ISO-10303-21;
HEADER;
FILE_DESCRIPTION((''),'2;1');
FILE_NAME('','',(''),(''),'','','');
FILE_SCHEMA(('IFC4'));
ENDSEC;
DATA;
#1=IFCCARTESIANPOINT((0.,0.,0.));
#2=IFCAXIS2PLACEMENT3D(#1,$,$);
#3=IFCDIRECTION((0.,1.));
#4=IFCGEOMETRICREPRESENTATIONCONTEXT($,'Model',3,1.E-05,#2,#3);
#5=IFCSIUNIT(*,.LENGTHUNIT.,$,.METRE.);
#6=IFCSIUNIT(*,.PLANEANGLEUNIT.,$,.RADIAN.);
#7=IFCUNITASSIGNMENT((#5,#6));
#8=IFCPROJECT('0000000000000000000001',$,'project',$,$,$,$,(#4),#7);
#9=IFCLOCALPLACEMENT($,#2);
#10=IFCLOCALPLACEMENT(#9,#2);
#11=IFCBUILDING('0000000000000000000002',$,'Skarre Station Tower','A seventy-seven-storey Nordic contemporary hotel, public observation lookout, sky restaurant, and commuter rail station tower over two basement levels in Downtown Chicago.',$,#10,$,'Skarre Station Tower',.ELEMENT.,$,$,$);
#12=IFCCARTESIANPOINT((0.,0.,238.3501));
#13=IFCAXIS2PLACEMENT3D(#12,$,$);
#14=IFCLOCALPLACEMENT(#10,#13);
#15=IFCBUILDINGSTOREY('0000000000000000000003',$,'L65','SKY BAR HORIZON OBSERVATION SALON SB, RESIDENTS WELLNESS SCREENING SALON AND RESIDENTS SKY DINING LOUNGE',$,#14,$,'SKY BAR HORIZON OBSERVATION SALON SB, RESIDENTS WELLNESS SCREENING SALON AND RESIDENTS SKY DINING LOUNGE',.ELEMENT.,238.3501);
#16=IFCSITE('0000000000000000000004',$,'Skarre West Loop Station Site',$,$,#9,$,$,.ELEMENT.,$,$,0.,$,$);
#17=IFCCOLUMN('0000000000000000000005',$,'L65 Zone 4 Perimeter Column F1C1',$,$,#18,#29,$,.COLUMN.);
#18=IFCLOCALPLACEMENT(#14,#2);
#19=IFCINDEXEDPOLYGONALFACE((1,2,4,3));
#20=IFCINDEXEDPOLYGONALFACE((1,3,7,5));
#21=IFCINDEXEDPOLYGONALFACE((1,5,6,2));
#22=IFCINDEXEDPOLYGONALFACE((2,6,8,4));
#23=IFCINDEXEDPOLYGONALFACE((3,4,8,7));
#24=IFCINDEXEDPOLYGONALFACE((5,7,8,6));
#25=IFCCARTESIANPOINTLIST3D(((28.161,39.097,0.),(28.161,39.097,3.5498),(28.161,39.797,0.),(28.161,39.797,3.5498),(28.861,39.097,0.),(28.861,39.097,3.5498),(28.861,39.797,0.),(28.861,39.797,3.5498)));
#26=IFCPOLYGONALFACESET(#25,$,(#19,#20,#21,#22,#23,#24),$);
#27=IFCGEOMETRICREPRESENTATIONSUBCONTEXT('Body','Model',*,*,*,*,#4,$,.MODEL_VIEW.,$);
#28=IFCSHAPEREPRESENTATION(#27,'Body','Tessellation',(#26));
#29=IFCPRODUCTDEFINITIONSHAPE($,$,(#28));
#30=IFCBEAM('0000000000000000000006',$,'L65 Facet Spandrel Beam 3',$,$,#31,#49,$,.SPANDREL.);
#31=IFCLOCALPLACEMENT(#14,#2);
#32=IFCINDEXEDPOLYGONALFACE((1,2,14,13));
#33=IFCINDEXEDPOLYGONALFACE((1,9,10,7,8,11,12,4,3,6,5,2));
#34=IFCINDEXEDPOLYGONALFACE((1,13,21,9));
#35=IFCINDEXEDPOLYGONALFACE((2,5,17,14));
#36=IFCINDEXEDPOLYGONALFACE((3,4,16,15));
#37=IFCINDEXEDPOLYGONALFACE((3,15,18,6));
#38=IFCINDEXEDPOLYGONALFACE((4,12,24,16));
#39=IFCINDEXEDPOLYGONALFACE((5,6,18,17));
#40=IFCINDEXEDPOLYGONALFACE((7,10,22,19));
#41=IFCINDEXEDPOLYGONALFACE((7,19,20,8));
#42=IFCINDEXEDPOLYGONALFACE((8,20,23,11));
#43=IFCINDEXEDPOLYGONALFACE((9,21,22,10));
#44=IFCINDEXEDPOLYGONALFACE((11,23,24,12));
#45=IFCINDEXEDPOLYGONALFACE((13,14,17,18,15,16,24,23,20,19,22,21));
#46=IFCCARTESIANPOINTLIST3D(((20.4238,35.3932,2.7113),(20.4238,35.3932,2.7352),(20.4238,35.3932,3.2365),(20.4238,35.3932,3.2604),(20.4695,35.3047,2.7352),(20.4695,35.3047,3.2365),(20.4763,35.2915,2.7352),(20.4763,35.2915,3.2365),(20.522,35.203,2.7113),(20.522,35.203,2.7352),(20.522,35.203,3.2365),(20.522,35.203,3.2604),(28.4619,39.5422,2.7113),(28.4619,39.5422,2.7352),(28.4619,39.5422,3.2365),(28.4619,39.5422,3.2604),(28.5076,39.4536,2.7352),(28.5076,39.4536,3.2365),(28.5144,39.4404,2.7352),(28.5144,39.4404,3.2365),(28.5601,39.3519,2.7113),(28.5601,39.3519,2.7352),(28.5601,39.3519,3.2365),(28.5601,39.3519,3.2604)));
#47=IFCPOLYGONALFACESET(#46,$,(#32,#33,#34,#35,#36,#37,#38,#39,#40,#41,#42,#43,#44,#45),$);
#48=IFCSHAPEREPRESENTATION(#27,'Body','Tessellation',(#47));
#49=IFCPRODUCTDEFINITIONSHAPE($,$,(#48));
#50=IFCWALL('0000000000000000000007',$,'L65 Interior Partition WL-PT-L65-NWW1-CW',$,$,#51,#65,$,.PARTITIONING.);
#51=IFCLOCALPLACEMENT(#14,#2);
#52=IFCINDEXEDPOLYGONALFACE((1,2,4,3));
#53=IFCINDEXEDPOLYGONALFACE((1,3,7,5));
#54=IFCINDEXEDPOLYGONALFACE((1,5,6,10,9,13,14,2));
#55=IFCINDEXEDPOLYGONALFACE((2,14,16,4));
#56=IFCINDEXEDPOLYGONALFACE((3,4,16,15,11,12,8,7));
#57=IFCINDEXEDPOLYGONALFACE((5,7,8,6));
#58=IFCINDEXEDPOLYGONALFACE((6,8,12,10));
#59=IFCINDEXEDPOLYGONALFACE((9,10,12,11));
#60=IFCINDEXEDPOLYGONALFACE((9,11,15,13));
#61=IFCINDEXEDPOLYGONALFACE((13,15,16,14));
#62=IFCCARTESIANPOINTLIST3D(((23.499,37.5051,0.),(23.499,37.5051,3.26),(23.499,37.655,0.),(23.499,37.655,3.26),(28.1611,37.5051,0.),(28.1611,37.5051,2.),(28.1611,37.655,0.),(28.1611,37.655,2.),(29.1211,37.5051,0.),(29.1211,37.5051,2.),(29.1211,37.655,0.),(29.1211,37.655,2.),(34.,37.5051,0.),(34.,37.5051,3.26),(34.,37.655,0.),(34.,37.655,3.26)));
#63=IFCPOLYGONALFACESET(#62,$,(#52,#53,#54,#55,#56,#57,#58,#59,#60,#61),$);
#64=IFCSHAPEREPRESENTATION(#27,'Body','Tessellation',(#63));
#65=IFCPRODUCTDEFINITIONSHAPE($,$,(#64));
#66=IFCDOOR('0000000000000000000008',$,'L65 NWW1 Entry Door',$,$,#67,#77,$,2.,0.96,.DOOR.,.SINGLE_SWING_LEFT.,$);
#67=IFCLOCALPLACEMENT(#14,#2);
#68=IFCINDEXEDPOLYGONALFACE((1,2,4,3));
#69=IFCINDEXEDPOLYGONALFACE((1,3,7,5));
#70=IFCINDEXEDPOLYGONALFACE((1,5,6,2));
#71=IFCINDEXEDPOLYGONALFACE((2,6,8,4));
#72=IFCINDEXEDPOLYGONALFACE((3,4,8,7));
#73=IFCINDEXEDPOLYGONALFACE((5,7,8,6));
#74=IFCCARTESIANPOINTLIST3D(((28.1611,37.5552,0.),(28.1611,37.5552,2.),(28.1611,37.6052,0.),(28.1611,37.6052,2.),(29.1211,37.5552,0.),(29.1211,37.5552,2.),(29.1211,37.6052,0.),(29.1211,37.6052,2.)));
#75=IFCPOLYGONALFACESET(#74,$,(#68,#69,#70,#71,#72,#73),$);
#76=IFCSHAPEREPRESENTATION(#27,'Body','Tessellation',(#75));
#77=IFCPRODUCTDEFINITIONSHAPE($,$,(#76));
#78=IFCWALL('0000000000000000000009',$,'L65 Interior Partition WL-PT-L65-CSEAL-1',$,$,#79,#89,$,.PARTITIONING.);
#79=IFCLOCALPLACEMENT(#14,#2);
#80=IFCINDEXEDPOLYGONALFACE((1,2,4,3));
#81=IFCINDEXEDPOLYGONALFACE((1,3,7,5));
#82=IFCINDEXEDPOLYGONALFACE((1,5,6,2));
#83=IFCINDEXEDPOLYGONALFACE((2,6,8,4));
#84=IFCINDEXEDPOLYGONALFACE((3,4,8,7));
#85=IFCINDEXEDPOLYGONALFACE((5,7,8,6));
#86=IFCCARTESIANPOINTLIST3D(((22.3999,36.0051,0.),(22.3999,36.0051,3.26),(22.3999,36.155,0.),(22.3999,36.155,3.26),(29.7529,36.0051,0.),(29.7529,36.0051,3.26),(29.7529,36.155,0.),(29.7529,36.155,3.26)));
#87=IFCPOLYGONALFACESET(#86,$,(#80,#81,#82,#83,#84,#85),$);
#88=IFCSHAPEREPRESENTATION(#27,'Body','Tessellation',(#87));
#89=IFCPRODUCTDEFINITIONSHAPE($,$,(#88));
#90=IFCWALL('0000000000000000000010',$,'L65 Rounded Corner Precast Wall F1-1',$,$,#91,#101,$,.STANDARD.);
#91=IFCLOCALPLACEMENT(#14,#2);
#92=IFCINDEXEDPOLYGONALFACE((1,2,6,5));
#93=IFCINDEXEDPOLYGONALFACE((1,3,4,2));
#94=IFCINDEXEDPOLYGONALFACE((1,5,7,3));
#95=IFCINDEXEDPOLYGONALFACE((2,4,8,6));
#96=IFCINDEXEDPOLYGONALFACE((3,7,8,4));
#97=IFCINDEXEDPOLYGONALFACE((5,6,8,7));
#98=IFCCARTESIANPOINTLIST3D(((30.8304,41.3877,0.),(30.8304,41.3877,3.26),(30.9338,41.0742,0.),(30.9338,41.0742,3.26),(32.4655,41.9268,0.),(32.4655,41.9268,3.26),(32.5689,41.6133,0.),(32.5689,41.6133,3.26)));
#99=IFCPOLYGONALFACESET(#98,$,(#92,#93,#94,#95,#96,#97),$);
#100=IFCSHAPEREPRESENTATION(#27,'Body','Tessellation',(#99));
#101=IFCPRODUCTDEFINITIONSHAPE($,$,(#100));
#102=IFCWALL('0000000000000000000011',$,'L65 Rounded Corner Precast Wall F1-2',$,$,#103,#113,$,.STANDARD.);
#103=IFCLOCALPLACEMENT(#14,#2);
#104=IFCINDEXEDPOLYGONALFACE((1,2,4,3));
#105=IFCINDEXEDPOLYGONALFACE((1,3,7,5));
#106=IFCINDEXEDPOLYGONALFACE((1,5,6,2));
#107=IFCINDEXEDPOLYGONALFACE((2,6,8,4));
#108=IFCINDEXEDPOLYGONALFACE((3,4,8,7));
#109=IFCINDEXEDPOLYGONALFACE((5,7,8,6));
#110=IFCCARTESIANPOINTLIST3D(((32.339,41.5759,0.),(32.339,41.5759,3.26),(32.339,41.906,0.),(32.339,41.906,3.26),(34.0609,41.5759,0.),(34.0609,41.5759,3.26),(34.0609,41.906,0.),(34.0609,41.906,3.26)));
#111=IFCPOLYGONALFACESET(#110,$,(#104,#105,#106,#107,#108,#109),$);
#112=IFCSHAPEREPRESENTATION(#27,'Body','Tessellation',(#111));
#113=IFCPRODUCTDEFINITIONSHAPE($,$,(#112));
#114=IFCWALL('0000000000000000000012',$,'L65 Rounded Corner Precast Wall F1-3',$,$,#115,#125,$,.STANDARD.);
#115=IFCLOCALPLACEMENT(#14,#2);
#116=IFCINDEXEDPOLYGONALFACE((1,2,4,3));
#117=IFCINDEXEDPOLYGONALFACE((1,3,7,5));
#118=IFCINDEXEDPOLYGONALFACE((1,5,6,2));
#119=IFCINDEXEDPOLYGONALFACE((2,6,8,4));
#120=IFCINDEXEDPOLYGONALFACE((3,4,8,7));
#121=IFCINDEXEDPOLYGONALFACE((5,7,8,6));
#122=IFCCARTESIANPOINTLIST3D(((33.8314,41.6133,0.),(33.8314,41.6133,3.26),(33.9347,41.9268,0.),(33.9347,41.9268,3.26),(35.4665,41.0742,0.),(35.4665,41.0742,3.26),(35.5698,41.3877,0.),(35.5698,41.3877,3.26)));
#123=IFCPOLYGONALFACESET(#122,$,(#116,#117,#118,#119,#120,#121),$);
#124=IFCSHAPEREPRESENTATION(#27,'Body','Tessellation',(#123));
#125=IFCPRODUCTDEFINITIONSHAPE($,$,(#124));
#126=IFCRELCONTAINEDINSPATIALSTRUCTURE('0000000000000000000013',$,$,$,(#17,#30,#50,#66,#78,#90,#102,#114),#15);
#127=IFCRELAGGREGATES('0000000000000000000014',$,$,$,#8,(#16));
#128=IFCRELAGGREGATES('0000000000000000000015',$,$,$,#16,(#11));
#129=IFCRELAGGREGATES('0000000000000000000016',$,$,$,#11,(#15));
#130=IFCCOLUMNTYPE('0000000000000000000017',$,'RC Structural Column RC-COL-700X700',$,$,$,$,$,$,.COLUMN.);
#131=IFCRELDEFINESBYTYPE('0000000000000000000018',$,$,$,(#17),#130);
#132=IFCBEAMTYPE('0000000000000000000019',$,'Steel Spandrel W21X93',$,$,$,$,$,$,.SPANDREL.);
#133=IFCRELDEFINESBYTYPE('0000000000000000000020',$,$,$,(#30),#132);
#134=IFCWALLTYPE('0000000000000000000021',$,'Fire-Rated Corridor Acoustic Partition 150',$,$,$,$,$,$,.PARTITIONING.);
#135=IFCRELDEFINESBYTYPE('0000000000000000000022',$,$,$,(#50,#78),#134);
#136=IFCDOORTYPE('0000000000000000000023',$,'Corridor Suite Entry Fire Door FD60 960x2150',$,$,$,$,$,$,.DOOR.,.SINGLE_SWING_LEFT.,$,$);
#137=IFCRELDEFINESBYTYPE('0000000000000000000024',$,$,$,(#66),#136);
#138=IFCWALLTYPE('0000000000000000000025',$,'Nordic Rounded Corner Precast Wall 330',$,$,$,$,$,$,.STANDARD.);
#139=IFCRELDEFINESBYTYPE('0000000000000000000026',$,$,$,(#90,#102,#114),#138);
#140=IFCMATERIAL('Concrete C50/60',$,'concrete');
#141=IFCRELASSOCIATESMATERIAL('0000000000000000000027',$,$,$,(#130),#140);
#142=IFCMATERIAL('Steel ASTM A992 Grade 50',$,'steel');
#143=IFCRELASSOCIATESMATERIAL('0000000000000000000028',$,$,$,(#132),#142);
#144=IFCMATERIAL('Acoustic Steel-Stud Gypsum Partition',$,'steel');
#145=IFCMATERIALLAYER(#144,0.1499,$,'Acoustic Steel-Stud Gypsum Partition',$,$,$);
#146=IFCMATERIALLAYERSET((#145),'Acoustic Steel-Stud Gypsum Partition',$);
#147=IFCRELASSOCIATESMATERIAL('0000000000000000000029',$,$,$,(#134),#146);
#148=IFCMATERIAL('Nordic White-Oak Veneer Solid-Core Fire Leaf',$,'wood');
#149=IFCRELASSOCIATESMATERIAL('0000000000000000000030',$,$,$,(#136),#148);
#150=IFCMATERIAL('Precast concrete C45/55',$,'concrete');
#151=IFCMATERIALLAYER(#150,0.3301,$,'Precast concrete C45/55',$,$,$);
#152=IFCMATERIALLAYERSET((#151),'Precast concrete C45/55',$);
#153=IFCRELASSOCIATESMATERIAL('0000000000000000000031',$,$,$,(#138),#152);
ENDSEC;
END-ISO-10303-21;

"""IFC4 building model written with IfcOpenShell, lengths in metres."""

from ifc_helpers import new_model, si_unit, direction, frame, frame_2d, origin, origin_2d, place, context, subcontext, project, spatial, rectangle, i_section, extrude, material, layer, layer_set, material_profile, profile_set, type_object, element, fill, save


model = new_model("IFC4")

# Units and contexts
model_context = context("Model", 3, precision=1e-05, world=origin(), true_north=direction((0.0, 1.0)))
body_context = subcontext(model_context, "Body", "Model", "MODEL_VIEW")
ifc_project = project(units=[si_unit("LENGTHUNIT", "METRE"), si_unit("PLANEANGLEUNIT", "RADIAN")], contexts=[model_context])

# Site, building, storey
site_placement = place(None, origin())
site = spatial("IfcSite", under=ifc_project, at=site_placement, Name="Skarre West Loop Station Site", CompositionType="ELEMENT", RefElevation=0.0)
building_placement = place(site_placement, origin())
building = spatial("IfcBuilding", under=site, at=building_placement, Name="Skarre Station Tower", Description="A seventy-seven-storey Nordic contemporary hotel, public observation lookout, sky restaurant, and commuter rail station tower over two basement levels in Downtown Chicago.", LongName="Skarre Station Tower", CompositionType="ELEMENT")
storey_placement = place(building_placement, frame((0.0, 0.0, 238.3501)))
storey = spatial("IfcBuildingStorey", under=building, at=storey_placement, Name="L65", Description="SKY BAR HORIZON OBSERVATION SALON SB, RESIDENTS WELLNESS SCREENING SALON AND RESIDENTS SKY DINING LOUNGE", LongName="SKY BAR HORIZON OBSERVATION SALON SB, RESIDENTS WELLNESS SCREENING SALON AND RESIDENTS SKY DINING LOUNGE", CompositionType="ELEMENT", Elevation=238.3501)

# Column
ifc_material_1 = material(Name="Concrete C50/60", Category="concrete")
ifc_material_profile_1 = material_profile(ifc_material_1, rectangle(XDim=0.7, YDim=0.7, at=origin_2d()), Name="Concrete C50/60")
ifc_profile_set_1 = profile_set([ifc_material_profile_1], Name="Concrete C50/60")
column_type = type_object("IfcColumnType", Name="RC Structural Column RC-COL-700X700", PredefinedType="COLUMN", material=ifc_profile_set_1)
column_placement = place(storey_placement, frame((28.511, 39.447, 0.0), z_axis=(0.0, 0.0, 1.0), x_axis=(1.0, 0.0, 0.0)))
element("IfcColumn", 1, at=column_placement, inside=storey, type_object=column_type, Name="L65 Zone 4 Perimeter Column F1C1", PredefinedType="COLUMN", context=body_context, shape_type="SweptSolid", body=[
    extrude(rectangle(XDim=0.7, YDim=0.7, at=origin_2d()), origin(), (0.0, 0.0, 1.0), 3.5498),
])

# Beam
ifc_material_2 = material(Name="Steel ASTM A992 Grade 50", Category="steel")
ifc_material_profile_2 = material_profile(ifc_material_2, i_section(OverallWidth=0.2141, OverallDepth=0.5491, WebThickness=0.0149, FlangeThickness=0.0239, at=origin_2d()), Name="Steel ASTM A992 Grade 50")
ifc_profile_set_2 = profile_set([ifc_material_profile_2], Name="Steel ASTM A992 Grade 50")
beam_type = type_object("IfcBeamType", Name="Steel Spandrel W21X93", PredefinedType="SPANDREL", material=ifc_profile_set_2)
beam_placement = place(storey_placement, frame((28.511, 39.447, 2.9858), z_axis=(-0.88861, -0.458664, 0.0), x_axis=(0.458664, -0.88861, 0.0)))
element("IfcBeam", 2, at=beam_placement, inside=storey, type_object=beam_type, Name="L65 Facet Spandrel Beam 3", PredefinedType="SPANDREL", context=body_context, shape_type="SweptSolid", body=[
    extrude(i_section(OverallWidth=0.2141, OverallDepth=0.5491, WebThickness=0.0149, FlangeThickness=0.0239, at=origin_2d()), origin(), (0.0, 0.0, 1.0), 9.0457),
])

# Wall, opening, door
ifc_material_3 = material(Name="Acoustic Steel-Stud Gypsum Partition", Category="steel")
ifc_layer_1 = layer(ifc_material_3, 0.1499, Name="Acoustic Steel-Stud Gypsum Partition")
ifc_layer_set_1 = layer_set([ifc_layer_1], Name="Acoustic Steel-Stud Gypsum Partition")
wall_type_1 = type_object("IfcWallType", Name="Fire-Rated Corridor Acoustic Partition 150", PredefinedType="PARTITIONING", material=ifc_layer_set_1)
wall_1_placement = place(storey_placement, frame((34.0, 37.5801, 0.0), z_axis=(0.0, 0.0, 1.0), x_axis=(-1.0, 0.0, 0.0)))
wall_1 = element("IfcWall", 3, at=wall_1_placement, inside=storey, type_object=wall_type_1, Name="L65 Interior Partition WL-PT-L65-NWW1-CW", PredefinedType="PARTITIONING", context=body_context, shape_type="SweptSolid", body=[
    extrude(rectangle(XDim=10.501, YDim=0.1499, at=frame_2d((5.2505, 0.0))), origin(), (0.0, 0.0, 1.0), 3.26),
])
opening_1_placement = place(wall_1_placement, frame((4.8789, 0.0, 0.0)))
opening_1 = element("IfcOpeningElement", 4, at=opening_1_placement, cuts=wall_1, PredefinedType="OPENING", context=body_context, shape_type="SweptSolid", body=[
    extrude(rectangle(XDim=0.96, YDim=2.0, at=frame_2d((0.48, 1.0))), frame((0.0, 0.085, 0.0), z_axis=(0.0, -1.0, 0.0), x_axis=(1.0, 0.0, 0.0)), (0.0, 0.0, 1.0), 0.1699),
])
ifc_material_4 = material(Name="Nordic White-Oak Veneer Solid-Core Fire Leaf", Category="wood")
door_type = type_object("IfcDoorType", Name="Corridor Suite Entry Fire Door FD60 960x2150", OperationType="SINGLE_SWING_LEFT", PredefinedType="DOOR", material=ifc_material_4)
door_placement = place(opening_1_placement, origin())
door = element("IfcDoor", 5, at=door_placement, inside=storey, type_object=door_type, Name="L65 NWW1 Entry Door", OperationType="SINGLE_SWING_LEFT", OverallHeight=2.0, OverallWidth=0.96, PredefinedType="DOOR", context=body_context, shape_type="SweptSolid", body=[
    extrude(rectangle(XDim=0.96, YDim=2.0, at=frame_2d((0.48, 1.0))), frame((0.0, 0.0249, 0.0), z_axis=(0.0, -1.0, 0.0), x_axis=(1.0, 0.0, 0.0)), (0.0, 0.0, 1.0), 0.05),
])
fill(opening_1, door)

# Walls
wall_2_placement = place(storey_placement, frame((29.7529, 36.0801, 0.0), z_axis=(0.0, 0.0, 1.0), x_axis=(-1.0, 0.0, 0.0)))
element("IfcWall", 6, at=wall_2_placement, inside=storey, type_object=wall_type_1, Name="L65 Interior Partition WL-PT-L65-CSEAL-1", PredefinedType="PARTITIONING", context=body_context, shape_type="SweptSolid", body=[
    extrude(rectangle(XDim=7.353, YDim=0.1499, at=frame_2d((3.6765, 0.0))), origin(), (0.0, 0.0, 1.0), 3.26),
])
ifc_material_5 = material(Name="Precast concrete C45/55", Category="concrete")
ifc_layer_2 = layer(ifc_material_5, 0.3301, Name="Precast concrete C45/55")
ifc_layer_set_2 = layer_set([ifc_layer_2], Name="Precast concrete C45/55")
wall_type_2 = type_object("IfcWallType", Name="Nordic Rounded Corner Precast Wall 330", PredefinedType="STANDARD", material=ifc_layer_set_2)
wall_3_placement = place(storey_placement, frame((30.8821, 41.231, 0.0), z_axis=(0.0, 0.0, 1.0), x_axis=(0.949713, 0.31312, 0.0)))
element("IfcWall", 7, at=wall_3_placement, inside=storey, type_object=wall_type_2, Name="L65 Rounded Corner Precast Wall F1-1", PredefinedType="STANDARD", context=body_context, shape_type="SweptSolid", body=[
    extrude(rectangle(XDim=1.7217, YDim=0.3301, at=frame_2d((0.8608, 0.0))), origin(), (0.0, 0.0, 1.0), 3.26),
])
wall_4_placement = place(storey_placement, frame((32.3391, 41.741, 0.0), z_axis=(0.0, 0.0, 1.0), x_axis=(1.0, 0.0, 0.0)))
element("IfcWall", 8, at=wall_4_placement, inside=storey, type_object=wall_type_2, Name="L65 Rounded Corner Precast Wall F1-2", PredefinedType="STANDARD", context=body_context, shape_type="SweptSolid", body=[
    extrude(rectangle(XDim=1.7219, YDim=0.3301, at=frame_2d((0.8608, 0.0))), origin(), (0.0, 0.0, 1.0), 3.26),
])
wall_5_placement = place(storey_placement, frame((33.8831, 41.77, 0.0), z_axis=(0.0, 0.0, 1.0), x_axis=(0.949713, -0.31312, 0.0)))
element("IfcWall", 9, at=wall_5_placement, inside=storey, type_object=wall_type_2, Name="L65 Rounded Corner Precast Wall F1-3", PredefinedType="STANDARD", context=body_context, shape_type="SweptSolid", body=[
    extrude(rectangle(XDim=1.7217, YDim=0.3301, at=frame_2d((0.8608, 0.0))), origin(), (0.0, 0.0, 1.0), 3.26),
])

save(model, "model.ifc")
